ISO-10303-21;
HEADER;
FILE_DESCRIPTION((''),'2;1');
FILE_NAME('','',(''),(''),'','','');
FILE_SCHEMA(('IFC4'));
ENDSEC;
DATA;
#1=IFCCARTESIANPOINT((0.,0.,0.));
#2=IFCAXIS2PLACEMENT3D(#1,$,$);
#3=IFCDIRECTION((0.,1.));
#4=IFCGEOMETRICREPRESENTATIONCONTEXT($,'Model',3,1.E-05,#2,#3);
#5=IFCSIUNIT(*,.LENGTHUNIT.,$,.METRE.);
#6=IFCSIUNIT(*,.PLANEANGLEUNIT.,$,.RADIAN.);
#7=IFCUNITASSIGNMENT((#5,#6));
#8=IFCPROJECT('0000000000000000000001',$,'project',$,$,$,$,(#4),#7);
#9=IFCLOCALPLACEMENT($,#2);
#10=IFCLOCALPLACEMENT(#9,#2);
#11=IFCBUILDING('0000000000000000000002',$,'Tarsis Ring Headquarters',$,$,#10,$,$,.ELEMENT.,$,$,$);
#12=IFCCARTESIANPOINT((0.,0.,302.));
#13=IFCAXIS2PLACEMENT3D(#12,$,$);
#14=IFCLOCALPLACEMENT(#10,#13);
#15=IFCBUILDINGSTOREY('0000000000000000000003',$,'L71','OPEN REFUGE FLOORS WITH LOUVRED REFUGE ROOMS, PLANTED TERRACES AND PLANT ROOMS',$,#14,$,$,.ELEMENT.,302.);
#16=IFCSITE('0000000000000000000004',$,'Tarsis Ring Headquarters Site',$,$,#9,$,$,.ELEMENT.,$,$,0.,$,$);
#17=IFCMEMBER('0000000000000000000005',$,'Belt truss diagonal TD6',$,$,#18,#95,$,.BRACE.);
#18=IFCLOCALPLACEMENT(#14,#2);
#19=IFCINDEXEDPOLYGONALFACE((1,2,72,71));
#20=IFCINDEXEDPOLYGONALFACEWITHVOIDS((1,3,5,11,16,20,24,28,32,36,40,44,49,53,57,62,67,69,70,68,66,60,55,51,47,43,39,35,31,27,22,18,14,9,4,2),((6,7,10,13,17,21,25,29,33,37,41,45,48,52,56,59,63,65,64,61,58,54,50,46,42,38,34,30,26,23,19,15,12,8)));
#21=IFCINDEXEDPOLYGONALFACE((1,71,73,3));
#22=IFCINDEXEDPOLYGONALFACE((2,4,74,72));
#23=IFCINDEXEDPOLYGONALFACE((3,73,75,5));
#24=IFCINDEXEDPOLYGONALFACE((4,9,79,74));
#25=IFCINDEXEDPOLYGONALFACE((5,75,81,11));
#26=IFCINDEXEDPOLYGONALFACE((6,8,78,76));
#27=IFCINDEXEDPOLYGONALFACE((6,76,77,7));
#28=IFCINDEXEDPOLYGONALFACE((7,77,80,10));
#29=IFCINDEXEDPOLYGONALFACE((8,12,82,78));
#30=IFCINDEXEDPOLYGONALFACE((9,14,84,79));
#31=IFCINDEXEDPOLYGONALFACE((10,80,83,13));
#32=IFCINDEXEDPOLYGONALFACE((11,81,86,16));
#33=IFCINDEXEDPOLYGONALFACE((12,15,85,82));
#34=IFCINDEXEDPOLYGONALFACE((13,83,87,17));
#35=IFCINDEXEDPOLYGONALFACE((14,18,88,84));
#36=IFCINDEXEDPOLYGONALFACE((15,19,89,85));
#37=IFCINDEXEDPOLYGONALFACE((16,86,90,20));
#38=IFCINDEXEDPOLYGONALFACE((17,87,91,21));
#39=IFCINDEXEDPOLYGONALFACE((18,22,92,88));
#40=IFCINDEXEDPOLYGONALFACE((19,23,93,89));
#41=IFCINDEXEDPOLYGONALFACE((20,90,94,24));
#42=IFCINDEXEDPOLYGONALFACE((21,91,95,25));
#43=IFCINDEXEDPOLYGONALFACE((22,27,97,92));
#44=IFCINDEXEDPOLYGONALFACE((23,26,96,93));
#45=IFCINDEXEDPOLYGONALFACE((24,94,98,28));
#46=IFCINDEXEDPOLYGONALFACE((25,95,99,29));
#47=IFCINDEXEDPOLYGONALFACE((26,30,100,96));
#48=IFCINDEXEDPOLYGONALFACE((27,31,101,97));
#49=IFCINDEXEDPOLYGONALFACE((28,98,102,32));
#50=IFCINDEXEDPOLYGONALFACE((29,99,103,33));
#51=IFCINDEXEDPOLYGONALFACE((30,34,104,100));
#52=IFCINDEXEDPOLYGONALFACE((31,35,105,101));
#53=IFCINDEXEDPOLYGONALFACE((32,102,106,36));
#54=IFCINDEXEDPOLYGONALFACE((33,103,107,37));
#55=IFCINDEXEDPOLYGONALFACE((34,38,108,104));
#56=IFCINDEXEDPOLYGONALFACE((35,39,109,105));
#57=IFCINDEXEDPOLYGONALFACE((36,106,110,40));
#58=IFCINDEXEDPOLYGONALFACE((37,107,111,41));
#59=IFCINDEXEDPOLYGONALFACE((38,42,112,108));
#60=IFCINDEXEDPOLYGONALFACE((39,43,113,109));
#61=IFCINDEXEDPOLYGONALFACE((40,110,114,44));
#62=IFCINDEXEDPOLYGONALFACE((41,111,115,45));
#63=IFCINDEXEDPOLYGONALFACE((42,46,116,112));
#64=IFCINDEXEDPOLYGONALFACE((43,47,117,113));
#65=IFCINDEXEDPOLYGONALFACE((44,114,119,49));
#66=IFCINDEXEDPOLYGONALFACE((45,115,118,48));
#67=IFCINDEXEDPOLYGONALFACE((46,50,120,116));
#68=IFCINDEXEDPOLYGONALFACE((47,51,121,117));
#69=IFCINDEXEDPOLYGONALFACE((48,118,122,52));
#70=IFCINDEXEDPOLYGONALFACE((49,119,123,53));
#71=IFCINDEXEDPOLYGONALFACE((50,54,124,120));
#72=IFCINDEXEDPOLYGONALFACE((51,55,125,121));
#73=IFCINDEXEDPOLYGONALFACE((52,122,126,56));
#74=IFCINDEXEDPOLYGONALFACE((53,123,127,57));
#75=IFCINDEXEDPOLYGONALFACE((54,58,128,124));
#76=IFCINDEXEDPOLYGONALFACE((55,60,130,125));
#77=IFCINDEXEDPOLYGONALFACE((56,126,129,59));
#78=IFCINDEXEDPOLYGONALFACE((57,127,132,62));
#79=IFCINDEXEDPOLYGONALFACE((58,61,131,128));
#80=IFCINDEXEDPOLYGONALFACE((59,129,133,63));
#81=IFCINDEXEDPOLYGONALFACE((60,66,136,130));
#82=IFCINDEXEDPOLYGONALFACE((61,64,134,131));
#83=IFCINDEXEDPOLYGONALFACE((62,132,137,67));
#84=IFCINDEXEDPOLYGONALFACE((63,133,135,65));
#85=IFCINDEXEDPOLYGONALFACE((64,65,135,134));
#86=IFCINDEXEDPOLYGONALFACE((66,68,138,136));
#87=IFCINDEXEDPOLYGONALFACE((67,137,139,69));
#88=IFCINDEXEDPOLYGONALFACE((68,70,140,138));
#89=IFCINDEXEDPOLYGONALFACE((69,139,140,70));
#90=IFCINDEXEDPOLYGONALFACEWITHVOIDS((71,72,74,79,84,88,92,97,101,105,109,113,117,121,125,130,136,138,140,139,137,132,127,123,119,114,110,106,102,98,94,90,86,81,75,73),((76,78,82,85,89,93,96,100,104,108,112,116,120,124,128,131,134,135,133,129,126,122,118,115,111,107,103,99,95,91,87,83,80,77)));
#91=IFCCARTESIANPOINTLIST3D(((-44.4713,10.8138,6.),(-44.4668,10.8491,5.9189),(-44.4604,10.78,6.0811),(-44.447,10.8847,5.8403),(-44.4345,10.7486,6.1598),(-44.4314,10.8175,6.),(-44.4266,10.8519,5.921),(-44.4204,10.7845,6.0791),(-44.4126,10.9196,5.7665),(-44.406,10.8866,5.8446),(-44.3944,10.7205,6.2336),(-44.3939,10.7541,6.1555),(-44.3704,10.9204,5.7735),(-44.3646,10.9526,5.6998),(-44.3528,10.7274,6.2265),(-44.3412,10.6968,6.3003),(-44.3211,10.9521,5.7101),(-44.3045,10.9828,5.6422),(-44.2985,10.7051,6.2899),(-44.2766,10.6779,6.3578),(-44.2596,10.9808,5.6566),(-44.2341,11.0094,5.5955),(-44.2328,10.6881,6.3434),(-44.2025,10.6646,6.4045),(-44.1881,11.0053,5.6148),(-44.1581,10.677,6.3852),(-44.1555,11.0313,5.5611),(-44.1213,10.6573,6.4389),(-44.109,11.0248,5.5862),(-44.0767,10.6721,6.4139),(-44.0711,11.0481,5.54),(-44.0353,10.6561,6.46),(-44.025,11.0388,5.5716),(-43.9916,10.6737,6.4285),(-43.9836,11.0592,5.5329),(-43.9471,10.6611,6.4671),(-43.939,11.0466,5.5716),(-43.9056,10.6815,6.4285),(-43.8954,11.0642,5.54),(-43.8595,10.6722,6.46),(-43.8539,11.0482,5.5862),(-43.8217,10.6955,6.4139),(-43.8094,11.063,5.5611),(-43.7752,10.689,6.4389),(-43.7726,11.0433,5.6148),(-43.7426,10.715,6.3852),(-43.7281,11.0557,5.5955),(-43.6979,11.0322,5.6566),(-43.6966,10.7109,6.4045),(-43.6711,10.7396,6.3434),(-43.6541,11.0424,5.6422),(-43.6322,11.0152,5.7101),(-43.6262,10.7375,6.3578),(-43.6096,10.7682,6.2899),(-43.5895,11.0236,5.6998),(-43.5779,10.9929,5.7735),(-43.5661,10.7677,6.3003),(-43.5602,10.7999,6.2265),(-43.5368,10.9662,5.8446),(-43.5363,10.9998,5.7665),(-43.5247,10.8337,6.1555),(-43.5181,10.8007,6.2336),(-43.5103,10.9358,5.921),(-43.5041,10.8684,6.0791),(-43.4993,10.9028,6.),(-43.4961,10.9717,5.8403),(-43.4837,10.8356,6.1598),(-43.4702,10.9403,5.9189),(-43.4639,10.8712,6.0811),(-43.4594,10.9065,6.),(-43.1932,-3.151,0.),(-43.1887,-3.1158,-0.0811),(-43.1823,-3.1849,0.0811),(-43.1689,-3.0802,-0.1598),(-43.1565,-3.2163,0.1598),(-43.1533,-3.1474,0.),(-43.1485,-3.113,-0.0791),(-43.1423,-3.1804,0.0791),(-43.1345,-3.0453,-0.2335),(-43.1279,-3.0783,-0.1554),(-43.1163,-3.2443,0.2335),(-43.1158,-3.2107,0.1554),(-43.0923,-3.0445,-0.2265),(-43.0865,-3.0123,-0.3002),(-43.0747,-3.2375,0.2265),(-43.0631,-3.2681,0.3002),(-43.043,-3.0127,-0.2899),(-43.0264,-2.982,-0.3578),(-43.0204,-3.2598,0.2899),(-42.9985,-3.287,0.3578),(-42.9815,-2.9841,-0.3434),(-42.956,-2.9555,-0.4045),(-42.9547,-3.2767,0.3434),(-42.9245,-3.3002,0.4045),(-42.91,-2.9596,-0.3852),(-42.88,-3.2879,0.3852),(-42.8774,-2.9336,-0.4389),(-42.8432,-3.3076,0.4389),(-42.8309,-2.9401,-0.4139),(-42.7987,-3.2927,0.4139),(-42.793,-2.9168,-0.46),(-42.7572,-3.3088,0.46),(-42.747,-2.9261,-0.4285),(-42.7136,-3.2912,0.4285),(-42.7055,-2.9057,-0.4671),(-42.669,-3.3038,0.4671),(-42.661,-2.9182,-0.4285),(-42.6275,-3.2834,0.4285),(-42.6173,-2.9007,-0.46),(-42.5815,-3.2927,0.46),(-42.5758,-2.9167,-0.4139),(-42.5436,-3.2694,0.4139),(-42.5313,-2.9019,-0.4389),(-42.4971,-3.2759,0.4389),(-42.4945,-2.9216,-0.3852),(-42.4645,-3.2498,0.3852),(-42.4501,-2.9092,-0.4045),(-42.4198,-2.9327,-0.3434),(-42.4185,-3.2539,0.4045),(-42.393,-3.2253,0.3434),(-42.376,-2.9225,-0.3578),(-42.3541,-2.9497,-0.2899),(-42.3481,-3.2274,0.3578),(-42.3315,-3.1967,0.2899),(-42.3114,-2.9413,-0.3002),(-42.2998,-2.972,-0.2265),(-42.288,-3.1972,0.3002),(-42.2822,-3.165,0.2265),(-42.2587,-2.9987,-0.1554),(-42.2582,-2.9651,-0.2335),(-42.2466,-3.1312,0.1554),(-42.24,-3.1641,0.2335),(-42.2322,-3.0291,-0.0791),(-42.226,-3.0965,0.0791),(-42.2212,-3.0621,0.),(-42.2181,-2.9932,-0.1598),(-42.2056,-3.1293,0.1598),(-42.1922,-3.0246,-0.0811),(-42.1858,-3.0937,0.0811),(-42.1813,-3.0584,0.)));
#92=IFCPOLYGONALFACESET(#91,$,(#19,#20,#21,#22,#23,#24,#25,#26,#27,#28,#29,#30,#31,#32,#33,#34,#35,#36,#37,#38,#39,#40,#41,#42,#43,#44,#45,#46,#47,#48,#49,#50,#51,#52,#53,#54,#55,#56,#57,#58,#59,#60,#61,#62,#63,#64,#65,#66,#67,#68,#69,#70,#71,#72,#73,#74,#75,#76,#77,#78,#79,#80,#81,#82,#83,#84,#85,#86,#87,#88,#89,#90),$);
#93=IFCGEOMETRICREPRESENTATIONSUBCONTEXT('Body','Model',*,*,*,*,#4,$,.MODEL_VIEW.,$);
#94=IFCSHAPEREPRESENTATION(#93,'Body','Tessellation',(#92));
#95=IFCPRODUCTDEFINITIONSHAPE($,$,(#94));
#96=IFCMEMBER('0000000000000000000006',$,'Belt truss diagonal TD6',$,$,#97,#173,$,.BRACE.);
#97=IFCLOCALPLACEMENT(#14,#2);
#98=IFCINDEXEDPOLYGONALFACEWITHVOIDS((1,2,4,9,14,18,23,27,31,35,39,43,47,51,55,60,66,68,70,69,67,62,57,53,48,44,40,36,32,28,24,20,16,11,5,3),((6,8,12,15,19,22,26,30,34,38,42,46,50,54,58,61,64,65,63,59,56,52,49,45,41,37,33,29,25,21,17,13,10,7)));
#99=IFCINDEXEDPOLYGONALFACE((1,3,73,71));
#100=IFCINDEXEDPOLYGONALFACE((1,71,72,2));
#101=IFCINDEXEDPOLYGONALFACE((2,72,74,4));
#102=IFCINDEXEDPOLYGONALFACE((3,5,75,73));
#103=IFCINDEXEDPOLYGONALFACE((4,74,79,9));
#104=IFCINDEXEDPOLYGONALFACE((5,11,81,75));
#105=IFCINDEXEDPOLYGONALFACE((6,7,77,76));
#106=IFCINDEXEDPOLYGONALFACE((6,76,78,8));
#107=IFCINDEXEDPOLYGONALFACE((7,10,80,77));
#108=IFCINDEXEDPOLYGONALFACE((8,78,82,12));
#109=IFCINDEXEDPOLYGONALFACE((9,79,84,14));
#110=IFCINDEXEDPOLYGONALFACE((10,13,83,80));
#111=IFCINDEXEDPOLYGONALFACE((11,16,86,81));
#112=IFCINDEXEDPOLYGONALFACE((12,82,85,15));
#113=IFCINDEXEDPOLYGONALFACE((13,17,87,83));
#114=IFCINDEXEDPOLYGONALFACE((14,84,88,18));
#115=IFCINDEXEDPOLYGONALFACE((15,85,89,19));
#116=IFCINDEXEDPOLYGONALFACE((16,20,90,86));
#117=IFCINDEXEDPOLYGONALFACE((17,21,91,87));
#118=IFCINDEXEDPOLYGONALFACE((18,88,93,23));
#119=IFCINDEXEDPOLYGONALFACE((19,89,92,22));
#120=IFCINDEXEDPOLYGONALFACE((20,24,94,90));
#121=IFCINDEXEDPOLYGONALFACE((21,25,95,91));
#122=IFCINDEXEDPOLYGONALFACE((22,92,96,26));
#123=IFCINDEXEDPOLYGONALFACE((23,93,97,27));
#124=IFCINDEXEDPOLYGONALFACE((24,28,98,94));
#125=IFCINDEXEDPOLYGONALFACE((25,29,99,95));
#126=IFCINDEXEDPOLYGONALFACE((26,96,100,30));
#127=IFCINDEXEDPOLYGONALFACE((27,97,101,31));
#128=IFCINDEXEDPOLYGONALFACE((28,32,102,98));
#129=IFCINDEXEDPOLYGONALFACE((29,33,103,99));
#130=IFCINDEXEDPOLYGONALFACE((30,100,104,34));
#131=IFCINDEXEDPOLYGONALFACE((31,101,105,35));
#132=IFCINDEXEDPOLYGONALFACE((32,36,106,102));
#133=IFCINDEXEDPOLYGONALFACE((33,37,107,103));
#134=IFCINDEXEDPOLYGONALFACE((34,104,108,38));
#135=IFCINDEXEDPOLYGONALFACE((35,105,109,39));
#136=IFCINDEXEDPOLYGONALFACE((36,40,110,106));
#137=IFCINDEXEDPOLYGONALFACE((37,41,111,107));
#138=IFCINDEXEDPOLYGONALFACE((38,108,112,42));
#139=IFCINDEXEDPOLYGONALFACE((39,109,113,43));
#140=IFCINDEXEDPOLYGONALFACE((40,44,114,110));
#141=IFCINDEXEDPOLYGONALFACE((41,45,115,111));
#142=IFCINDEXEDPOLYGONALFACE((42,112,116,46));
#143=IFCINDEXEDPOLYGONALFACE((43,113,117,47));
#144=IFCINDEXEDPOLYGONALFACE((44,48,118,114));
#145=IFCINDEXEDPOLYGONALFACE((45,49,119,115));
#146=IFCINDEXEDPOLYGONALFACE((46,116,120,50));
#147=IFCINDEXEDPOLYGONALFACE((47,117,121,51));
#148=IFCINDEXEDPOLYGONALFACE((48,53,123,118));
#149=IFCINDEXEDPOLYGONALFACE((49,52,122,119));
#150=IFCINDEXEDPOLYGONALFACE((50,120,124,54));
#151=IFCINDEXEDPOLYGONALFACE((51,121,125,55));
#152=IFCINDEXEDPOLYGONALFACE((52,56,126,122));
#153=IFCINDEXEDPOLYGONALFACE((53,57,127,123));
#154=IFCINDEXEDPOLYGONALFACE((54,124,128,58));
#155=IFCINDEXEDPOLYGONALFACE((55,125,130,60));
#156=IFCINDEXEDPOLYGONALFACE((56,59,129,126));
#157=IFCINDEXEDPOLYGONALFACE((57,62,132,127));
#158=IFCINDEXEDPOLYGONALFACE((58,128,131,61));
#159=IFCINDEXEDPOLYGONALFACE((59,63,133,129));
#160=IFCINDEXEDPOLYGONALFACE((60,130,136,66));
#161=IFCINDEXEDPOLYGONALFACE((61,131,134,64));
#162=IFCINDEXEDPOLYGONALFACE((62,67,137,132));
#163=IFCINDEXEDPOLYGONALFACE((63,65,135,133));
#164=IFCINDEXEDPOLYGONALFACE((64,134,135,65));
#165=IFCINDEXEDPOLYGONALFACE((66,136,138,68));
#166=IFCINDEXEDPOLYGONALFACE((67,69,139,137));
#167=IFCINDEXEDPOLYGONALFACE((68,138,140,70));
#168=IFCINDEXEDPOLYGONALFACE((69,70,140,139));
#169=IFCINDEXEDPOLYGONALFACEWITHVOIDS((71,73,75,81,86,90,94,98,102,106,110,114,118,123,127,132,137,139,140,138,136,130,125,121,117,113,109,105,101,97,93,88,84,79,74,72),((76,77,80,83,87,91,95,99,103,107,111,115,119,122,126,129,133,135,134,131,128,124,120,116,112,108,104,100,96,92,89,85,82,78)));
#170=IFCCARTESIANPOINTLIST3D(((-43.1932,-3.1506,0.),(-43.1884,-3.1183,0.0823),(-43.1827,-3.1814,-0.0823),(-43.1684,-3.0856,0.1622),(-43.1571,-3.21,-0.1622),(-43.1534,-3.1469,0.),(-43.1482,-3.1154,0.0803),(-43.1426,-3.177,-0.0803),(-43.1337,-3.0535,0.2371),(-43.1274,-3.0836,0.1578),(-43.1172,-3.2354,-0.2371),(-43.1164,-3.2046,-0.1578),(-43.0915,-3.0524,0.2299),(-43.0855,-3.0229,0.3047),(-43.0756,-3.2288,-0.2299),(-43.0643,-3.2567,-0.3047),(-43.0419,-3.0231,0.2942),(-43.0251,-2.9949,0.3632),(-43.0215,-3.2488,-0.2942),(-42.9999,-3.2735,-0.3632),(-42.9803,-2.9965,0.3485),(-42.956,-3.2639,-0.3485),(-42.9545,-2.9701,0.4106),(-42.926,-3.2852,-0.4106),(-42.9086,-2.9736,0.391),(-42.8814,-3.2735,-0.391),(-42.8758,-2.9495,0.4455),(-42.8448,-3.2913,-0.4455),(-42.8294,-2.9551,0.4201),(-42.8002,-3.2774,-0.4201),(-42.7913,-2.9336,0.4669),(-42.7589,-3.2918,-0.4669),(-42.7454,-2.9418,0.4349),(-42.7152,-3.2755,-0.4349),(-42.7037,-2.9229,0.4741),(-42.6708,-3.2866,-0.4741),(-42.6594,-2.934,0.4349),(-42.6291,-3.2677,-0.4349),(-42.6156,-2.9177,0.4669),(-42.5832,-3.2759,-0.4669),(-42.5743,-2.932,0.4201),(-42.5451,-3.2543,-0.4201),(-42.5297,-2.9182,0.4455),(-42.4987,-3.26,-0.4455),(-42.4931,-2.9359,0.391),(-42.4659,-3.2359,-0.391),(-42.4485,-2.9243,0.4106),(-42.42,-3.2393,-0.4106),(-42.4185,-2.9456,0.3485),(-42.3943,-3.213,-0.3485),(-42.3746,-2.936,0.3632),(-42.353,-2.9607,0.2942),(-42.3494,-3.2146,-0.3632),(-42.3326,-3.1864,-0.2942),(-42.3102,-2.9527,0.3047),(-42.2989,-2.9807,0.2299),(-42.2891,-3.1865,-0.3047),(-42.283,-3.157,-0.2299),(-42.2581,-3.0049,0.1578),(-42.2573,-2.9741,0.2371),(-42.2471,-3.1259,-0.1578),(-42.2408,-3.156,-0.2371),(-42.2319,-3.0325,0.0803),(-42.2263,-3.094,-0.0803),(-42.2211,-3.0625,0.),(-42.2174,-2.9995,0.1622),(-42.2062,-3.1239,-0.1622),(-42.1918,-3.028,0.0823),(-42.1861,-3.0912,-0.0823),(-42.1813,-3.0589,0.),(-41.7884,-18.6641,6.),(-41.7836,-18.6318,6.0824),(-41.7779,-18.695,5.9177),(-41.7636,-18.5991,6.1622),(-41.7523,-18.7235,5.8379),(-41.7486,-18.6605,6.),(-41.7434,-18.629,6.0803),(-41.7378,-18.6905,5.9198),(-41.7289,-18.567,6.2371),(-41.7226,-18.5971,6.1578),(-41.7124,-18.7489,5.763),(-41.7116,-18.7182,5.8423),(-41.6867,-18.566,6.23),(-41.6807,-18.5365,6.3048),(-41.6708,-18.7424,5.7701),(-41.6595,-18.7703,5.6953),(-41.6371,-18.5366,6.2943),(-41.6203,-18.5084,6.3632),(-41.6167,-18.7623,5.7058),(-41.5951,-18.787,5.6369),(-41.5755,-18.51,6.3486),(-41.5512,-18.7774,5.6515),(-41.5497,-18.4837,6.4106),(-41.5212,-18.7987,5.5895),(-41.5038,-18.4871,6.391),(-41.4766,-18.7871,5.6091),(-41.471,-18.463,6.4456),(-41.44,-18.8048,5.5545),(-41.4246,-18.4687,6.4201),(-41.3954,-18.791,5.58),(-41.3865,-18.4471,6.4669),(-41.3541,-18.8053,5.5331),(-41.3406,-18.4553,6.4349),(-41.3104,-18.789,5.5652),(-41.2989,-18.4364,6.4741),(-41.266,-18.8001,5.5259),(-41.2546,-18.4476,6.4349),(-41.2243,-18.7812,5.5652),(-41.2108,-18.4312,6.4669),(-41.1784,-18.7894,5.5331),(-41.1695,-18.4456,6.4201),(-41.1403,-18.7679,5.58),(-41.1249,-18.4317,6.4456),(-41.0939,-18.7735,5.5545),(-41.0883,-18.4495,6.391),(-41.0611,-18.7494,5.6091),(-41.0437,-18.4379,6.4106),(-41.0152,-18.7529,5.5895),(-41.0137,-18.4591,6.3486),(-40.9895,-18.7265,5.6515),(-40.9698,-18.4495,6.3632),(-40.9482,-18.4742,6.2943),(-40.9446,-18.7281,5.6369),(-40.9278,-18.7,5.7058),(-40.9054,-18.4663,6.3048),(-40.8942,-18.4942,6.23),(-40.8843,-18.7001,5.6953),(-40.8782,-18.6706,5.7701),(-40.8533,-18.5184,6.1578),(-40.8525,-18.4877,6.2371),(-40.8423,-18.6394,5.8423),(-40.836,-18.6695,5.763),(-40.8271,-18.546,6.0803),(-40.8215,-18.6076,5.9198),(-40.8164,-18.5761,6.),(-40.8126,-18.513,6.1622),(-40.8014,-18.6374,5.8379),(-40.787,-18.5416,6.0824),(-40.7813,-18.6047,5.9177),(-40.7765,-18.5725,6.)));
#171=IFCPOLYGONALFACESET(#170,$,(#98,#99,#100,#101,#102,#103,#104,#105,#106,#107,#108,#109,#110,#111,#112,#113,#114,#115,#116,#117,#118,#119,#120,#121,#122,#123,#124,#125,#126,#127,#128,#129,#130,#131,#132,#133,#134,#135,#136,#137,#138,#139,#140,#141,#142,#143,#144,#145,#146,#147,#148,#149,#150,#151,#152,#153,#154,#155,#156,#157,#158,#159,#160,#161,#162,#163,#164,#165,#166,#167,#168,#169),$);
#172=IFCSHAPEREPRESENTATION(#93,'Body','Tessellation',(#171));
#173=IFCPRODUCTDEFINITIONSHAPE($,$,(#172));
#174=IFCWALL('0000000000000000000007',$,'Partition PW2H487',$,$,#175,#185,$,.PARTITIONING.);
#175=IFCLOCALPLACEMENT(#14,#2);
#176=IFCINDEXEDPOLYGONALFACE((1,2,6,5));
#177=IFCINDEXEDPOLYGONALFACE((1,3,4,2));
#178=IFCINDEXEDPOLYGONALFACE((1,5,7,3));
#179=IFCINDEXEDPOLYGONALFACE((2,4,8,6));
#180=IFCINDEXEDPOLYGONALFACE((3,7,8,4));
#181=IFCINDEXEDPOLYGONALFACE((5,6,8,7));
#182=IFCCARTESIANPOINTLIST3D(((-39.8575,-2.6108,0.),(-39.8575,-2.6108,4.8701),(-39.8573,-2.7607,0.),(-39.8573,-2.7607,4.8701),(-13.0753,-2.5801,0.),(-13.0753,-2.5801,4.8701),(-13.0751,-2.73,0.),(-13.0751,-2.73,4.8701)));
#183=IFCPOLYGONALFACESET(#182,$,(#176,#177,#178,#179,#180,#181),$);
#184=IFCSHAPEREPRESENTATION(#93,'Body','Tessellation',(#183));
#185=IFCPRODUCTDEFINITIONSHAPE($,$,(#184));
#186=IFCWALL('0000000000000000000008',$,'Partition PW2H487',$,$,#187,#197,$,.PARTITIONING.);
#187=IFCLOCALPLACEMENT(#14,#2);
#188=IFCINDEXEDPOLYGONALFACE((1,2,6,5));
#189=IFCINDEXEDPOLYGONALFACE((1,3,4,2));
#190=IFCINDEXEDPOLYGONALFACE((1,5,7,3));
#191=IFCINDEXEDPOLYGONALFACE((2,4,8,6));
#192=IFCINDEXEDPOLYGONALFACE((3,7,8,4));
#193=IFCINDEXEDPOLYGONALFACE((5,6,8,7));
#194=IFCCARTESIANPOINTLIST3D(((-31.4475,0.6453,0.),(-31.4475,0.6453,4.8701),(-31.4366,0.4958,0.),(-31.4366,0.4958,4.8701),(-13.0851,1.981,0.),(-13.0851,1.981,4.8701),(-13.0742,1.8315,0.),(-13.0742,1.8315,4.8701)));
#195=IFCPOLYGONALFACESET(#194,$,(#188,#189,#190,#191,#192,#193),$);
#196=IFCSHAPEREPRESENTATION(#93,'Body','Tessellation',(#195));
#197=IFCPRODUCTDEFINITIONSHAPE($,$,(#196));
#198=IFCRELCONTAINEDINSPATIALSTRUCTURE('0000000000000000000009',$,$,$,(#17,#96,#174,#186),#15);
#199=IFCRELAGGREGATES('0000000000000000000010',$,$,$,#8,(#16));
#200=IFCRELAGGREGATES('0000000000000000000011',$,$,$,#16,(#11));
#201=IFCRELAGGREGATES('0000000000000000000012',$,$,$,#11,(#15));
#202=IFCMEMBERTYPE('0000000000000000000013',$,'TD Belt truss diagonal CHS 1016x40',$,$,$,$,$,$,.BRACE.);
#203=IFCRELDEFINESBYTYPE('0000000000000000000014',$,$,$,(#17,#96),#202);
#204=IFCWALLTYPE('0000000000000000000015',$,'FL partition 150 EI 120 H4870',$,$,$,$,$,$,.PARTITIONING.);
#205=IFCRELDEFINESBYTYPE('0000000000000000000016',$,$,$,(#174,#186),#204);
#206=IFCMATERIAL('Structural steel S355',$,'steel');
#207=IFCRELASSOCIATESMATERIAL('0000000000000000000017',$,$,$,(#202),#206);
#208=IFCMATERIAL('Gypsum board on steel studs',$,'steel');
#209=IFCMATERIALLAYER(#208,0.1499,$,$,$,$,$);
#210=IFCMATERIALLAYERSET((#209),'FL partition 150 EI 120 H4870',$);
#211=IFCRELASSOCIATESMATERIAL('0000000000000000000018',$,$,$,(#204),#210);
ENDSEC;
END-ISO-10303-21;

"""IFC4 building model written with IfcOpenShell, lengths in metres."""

from ifc_helpers import new_model, si_unit, direction, frame, frame_2d, origin, origin_2d, place, context, subcontext, project, spatial, rectangle, hollow_circle, extrude, material, layer, layer_set, material_profile, profile_set, type_object, element, save


model = new_model("IFC4")

# Units and contexts
model_context = context("Model", 3, precision=1e-05, world=origin(), true_north=direction((0.0, 1.0)))
body_context = subcontext(model_context, "Body", "Model", "MODEL_VIEW")
ifc_project = project(units=[si_unit("LENGTHUNIT", "METRE"), si_unit("PLANEANGLEUNIT", "RADIAN")], contexts=[model_context])

# Site, building, storey
site_placement = place(None, origin())
site = spatial("IfcSite", under=ifc_project, at=site_placement, Name="Tarsis Ring Headquarters Site", CompositionType="ELEMENT", RefElevation=0.0)
building_placement = place(site_placement, origin())
building = spatial("IfcBuilding", under=site, at=building_placement, Name="Tarsis Ring Headquarters", CompositionType="ELEMENT")
storey_placement = place(building_placement, frame((0.0, 0.0, 302.0)))
storey = spatial("IfcBuildingStorey", under=building, at=storey_placement, Name="L71", Description="OPEN REFUGE FLOORS WITH LOUVRED REFUGE ROOMS, PLANTED TERRACES AND PLANT ROOMS", CompositionType="ELEMENT", Elevation=302.0)

# Shared definitions
ifc_material_1 = material(Name="Structural steel S355", Category="steel")
ifc_material_profile_1 = material_profile(ifc_material_1, hollow_circle(Radius=0.5081, WallThickness=0.04, at=origin_2d()), Name="CHS 1016x40")
ifc_profile_set_1 = profile_set([ifc_material_profile_1], Name="Structural steel S355")

# Members
member_type_1 = type_object("IfcMemberType", Name="TD Belt truss diagonal CHS 1016x40", PredefinedType="BRACE", material=ifc_profile_set_1)
member_1_placement = place(storey_placement, frame((-42.6873, -3.1047, 0.0), z_axis=(-0.083792, 0.915555, 0.393368), x_axis=(-0.995838, -0.09114, 0.0)))
element("IfcMember", 1, at=member_1_placement, inside=storey, type_object=member_type_1, Name="Belt truss diagonal TD6", PredefinedType="BRACE", context=body_context, shape_type="SweptSolid", body=[
    extrude(hollow_circle(Radius=0.5081, WallThickness=0.04, at=origin_2d()), origin(), (0.0, 0.0, 1.0), 15.2529),
])
member_2_placement = place(storey_placement, frame((-42.6873, -3.1047, 0.0), z_axis=(0.084157, -0.929365, 0.359443), x_axis=(0.995925, 0.090184, 0.0)))
element("IfcMember", 2, at=member_2_placement, inside=storey, type_object=member_type_1, Name="Belt truss diagonal TD6", PredefinedType="BRACE", context=body_context, shape_type="SweptSolid", body=[
    extrude(hollow_circle(Radius=0.5081, WallThickness=0.04, at=origin_2d()), origin(), (0.0, 0.0, 1.0), 16.6926),
])

# Walls
ifc_material_2 = material(Name="Gypsum board on steel studs", Category="steel")
ifc_layer_1 = layer(ifc_material_2, 0.1499)
ifc_layer_set_1 = layer_set([ifc_layer_1], Name="FL partition 150 EI 120 H4870")
wall_type_1 = type_object("IfcWallType", Name="FL partition 150 EI 120 H4870", PredefinedType="PARTITIONING", material=ifc_layer_set_1)
wall_1_placement = place(storey_placement, frame((-39.8574, -2.6858, 0.0), z_axis=(0.0, 0.0, 1.0), x_axis=(0.999999, 0.001149, 0.0)))
element("IfcWall", 3, at=wall_1_placement, inside=storey, type_object=wall_type_1, Name="Partition PW2H487", PredefinedType="PARTITIONING", context=body_context, shape_type="SweptSolid", body=[
    extrude(rectangle(XDim=26.7822, YDim=0.1499, at=frame_2d((13.3911, 0.0))), origin(), (0.0, 0.0, 1.0), 4.8701),
])
wall_2_placement = place(storey_placement, frame((-31.4421, 0.5706, 0.0), z_axis=(0.0, 0.0, 1.0), x_axis=(0.997365, 0.072549, 0.0)))
element("IfcWall", 4, at=wall_2_placement, inside=storey, type_object=wall_type_1, Name="Partition PW2H487", PredefinedType="PARTITIONING", context=body_context, shape_type="SweptSolid", body=[
    extrude(rectangle(XDim=18.4109, YDim=0.1499, at=frame_2d((9.2056, 0.0))), origin(), (0.0, 0.0, 1.0), 4.8701),
])

save(model, "model.ifc")
